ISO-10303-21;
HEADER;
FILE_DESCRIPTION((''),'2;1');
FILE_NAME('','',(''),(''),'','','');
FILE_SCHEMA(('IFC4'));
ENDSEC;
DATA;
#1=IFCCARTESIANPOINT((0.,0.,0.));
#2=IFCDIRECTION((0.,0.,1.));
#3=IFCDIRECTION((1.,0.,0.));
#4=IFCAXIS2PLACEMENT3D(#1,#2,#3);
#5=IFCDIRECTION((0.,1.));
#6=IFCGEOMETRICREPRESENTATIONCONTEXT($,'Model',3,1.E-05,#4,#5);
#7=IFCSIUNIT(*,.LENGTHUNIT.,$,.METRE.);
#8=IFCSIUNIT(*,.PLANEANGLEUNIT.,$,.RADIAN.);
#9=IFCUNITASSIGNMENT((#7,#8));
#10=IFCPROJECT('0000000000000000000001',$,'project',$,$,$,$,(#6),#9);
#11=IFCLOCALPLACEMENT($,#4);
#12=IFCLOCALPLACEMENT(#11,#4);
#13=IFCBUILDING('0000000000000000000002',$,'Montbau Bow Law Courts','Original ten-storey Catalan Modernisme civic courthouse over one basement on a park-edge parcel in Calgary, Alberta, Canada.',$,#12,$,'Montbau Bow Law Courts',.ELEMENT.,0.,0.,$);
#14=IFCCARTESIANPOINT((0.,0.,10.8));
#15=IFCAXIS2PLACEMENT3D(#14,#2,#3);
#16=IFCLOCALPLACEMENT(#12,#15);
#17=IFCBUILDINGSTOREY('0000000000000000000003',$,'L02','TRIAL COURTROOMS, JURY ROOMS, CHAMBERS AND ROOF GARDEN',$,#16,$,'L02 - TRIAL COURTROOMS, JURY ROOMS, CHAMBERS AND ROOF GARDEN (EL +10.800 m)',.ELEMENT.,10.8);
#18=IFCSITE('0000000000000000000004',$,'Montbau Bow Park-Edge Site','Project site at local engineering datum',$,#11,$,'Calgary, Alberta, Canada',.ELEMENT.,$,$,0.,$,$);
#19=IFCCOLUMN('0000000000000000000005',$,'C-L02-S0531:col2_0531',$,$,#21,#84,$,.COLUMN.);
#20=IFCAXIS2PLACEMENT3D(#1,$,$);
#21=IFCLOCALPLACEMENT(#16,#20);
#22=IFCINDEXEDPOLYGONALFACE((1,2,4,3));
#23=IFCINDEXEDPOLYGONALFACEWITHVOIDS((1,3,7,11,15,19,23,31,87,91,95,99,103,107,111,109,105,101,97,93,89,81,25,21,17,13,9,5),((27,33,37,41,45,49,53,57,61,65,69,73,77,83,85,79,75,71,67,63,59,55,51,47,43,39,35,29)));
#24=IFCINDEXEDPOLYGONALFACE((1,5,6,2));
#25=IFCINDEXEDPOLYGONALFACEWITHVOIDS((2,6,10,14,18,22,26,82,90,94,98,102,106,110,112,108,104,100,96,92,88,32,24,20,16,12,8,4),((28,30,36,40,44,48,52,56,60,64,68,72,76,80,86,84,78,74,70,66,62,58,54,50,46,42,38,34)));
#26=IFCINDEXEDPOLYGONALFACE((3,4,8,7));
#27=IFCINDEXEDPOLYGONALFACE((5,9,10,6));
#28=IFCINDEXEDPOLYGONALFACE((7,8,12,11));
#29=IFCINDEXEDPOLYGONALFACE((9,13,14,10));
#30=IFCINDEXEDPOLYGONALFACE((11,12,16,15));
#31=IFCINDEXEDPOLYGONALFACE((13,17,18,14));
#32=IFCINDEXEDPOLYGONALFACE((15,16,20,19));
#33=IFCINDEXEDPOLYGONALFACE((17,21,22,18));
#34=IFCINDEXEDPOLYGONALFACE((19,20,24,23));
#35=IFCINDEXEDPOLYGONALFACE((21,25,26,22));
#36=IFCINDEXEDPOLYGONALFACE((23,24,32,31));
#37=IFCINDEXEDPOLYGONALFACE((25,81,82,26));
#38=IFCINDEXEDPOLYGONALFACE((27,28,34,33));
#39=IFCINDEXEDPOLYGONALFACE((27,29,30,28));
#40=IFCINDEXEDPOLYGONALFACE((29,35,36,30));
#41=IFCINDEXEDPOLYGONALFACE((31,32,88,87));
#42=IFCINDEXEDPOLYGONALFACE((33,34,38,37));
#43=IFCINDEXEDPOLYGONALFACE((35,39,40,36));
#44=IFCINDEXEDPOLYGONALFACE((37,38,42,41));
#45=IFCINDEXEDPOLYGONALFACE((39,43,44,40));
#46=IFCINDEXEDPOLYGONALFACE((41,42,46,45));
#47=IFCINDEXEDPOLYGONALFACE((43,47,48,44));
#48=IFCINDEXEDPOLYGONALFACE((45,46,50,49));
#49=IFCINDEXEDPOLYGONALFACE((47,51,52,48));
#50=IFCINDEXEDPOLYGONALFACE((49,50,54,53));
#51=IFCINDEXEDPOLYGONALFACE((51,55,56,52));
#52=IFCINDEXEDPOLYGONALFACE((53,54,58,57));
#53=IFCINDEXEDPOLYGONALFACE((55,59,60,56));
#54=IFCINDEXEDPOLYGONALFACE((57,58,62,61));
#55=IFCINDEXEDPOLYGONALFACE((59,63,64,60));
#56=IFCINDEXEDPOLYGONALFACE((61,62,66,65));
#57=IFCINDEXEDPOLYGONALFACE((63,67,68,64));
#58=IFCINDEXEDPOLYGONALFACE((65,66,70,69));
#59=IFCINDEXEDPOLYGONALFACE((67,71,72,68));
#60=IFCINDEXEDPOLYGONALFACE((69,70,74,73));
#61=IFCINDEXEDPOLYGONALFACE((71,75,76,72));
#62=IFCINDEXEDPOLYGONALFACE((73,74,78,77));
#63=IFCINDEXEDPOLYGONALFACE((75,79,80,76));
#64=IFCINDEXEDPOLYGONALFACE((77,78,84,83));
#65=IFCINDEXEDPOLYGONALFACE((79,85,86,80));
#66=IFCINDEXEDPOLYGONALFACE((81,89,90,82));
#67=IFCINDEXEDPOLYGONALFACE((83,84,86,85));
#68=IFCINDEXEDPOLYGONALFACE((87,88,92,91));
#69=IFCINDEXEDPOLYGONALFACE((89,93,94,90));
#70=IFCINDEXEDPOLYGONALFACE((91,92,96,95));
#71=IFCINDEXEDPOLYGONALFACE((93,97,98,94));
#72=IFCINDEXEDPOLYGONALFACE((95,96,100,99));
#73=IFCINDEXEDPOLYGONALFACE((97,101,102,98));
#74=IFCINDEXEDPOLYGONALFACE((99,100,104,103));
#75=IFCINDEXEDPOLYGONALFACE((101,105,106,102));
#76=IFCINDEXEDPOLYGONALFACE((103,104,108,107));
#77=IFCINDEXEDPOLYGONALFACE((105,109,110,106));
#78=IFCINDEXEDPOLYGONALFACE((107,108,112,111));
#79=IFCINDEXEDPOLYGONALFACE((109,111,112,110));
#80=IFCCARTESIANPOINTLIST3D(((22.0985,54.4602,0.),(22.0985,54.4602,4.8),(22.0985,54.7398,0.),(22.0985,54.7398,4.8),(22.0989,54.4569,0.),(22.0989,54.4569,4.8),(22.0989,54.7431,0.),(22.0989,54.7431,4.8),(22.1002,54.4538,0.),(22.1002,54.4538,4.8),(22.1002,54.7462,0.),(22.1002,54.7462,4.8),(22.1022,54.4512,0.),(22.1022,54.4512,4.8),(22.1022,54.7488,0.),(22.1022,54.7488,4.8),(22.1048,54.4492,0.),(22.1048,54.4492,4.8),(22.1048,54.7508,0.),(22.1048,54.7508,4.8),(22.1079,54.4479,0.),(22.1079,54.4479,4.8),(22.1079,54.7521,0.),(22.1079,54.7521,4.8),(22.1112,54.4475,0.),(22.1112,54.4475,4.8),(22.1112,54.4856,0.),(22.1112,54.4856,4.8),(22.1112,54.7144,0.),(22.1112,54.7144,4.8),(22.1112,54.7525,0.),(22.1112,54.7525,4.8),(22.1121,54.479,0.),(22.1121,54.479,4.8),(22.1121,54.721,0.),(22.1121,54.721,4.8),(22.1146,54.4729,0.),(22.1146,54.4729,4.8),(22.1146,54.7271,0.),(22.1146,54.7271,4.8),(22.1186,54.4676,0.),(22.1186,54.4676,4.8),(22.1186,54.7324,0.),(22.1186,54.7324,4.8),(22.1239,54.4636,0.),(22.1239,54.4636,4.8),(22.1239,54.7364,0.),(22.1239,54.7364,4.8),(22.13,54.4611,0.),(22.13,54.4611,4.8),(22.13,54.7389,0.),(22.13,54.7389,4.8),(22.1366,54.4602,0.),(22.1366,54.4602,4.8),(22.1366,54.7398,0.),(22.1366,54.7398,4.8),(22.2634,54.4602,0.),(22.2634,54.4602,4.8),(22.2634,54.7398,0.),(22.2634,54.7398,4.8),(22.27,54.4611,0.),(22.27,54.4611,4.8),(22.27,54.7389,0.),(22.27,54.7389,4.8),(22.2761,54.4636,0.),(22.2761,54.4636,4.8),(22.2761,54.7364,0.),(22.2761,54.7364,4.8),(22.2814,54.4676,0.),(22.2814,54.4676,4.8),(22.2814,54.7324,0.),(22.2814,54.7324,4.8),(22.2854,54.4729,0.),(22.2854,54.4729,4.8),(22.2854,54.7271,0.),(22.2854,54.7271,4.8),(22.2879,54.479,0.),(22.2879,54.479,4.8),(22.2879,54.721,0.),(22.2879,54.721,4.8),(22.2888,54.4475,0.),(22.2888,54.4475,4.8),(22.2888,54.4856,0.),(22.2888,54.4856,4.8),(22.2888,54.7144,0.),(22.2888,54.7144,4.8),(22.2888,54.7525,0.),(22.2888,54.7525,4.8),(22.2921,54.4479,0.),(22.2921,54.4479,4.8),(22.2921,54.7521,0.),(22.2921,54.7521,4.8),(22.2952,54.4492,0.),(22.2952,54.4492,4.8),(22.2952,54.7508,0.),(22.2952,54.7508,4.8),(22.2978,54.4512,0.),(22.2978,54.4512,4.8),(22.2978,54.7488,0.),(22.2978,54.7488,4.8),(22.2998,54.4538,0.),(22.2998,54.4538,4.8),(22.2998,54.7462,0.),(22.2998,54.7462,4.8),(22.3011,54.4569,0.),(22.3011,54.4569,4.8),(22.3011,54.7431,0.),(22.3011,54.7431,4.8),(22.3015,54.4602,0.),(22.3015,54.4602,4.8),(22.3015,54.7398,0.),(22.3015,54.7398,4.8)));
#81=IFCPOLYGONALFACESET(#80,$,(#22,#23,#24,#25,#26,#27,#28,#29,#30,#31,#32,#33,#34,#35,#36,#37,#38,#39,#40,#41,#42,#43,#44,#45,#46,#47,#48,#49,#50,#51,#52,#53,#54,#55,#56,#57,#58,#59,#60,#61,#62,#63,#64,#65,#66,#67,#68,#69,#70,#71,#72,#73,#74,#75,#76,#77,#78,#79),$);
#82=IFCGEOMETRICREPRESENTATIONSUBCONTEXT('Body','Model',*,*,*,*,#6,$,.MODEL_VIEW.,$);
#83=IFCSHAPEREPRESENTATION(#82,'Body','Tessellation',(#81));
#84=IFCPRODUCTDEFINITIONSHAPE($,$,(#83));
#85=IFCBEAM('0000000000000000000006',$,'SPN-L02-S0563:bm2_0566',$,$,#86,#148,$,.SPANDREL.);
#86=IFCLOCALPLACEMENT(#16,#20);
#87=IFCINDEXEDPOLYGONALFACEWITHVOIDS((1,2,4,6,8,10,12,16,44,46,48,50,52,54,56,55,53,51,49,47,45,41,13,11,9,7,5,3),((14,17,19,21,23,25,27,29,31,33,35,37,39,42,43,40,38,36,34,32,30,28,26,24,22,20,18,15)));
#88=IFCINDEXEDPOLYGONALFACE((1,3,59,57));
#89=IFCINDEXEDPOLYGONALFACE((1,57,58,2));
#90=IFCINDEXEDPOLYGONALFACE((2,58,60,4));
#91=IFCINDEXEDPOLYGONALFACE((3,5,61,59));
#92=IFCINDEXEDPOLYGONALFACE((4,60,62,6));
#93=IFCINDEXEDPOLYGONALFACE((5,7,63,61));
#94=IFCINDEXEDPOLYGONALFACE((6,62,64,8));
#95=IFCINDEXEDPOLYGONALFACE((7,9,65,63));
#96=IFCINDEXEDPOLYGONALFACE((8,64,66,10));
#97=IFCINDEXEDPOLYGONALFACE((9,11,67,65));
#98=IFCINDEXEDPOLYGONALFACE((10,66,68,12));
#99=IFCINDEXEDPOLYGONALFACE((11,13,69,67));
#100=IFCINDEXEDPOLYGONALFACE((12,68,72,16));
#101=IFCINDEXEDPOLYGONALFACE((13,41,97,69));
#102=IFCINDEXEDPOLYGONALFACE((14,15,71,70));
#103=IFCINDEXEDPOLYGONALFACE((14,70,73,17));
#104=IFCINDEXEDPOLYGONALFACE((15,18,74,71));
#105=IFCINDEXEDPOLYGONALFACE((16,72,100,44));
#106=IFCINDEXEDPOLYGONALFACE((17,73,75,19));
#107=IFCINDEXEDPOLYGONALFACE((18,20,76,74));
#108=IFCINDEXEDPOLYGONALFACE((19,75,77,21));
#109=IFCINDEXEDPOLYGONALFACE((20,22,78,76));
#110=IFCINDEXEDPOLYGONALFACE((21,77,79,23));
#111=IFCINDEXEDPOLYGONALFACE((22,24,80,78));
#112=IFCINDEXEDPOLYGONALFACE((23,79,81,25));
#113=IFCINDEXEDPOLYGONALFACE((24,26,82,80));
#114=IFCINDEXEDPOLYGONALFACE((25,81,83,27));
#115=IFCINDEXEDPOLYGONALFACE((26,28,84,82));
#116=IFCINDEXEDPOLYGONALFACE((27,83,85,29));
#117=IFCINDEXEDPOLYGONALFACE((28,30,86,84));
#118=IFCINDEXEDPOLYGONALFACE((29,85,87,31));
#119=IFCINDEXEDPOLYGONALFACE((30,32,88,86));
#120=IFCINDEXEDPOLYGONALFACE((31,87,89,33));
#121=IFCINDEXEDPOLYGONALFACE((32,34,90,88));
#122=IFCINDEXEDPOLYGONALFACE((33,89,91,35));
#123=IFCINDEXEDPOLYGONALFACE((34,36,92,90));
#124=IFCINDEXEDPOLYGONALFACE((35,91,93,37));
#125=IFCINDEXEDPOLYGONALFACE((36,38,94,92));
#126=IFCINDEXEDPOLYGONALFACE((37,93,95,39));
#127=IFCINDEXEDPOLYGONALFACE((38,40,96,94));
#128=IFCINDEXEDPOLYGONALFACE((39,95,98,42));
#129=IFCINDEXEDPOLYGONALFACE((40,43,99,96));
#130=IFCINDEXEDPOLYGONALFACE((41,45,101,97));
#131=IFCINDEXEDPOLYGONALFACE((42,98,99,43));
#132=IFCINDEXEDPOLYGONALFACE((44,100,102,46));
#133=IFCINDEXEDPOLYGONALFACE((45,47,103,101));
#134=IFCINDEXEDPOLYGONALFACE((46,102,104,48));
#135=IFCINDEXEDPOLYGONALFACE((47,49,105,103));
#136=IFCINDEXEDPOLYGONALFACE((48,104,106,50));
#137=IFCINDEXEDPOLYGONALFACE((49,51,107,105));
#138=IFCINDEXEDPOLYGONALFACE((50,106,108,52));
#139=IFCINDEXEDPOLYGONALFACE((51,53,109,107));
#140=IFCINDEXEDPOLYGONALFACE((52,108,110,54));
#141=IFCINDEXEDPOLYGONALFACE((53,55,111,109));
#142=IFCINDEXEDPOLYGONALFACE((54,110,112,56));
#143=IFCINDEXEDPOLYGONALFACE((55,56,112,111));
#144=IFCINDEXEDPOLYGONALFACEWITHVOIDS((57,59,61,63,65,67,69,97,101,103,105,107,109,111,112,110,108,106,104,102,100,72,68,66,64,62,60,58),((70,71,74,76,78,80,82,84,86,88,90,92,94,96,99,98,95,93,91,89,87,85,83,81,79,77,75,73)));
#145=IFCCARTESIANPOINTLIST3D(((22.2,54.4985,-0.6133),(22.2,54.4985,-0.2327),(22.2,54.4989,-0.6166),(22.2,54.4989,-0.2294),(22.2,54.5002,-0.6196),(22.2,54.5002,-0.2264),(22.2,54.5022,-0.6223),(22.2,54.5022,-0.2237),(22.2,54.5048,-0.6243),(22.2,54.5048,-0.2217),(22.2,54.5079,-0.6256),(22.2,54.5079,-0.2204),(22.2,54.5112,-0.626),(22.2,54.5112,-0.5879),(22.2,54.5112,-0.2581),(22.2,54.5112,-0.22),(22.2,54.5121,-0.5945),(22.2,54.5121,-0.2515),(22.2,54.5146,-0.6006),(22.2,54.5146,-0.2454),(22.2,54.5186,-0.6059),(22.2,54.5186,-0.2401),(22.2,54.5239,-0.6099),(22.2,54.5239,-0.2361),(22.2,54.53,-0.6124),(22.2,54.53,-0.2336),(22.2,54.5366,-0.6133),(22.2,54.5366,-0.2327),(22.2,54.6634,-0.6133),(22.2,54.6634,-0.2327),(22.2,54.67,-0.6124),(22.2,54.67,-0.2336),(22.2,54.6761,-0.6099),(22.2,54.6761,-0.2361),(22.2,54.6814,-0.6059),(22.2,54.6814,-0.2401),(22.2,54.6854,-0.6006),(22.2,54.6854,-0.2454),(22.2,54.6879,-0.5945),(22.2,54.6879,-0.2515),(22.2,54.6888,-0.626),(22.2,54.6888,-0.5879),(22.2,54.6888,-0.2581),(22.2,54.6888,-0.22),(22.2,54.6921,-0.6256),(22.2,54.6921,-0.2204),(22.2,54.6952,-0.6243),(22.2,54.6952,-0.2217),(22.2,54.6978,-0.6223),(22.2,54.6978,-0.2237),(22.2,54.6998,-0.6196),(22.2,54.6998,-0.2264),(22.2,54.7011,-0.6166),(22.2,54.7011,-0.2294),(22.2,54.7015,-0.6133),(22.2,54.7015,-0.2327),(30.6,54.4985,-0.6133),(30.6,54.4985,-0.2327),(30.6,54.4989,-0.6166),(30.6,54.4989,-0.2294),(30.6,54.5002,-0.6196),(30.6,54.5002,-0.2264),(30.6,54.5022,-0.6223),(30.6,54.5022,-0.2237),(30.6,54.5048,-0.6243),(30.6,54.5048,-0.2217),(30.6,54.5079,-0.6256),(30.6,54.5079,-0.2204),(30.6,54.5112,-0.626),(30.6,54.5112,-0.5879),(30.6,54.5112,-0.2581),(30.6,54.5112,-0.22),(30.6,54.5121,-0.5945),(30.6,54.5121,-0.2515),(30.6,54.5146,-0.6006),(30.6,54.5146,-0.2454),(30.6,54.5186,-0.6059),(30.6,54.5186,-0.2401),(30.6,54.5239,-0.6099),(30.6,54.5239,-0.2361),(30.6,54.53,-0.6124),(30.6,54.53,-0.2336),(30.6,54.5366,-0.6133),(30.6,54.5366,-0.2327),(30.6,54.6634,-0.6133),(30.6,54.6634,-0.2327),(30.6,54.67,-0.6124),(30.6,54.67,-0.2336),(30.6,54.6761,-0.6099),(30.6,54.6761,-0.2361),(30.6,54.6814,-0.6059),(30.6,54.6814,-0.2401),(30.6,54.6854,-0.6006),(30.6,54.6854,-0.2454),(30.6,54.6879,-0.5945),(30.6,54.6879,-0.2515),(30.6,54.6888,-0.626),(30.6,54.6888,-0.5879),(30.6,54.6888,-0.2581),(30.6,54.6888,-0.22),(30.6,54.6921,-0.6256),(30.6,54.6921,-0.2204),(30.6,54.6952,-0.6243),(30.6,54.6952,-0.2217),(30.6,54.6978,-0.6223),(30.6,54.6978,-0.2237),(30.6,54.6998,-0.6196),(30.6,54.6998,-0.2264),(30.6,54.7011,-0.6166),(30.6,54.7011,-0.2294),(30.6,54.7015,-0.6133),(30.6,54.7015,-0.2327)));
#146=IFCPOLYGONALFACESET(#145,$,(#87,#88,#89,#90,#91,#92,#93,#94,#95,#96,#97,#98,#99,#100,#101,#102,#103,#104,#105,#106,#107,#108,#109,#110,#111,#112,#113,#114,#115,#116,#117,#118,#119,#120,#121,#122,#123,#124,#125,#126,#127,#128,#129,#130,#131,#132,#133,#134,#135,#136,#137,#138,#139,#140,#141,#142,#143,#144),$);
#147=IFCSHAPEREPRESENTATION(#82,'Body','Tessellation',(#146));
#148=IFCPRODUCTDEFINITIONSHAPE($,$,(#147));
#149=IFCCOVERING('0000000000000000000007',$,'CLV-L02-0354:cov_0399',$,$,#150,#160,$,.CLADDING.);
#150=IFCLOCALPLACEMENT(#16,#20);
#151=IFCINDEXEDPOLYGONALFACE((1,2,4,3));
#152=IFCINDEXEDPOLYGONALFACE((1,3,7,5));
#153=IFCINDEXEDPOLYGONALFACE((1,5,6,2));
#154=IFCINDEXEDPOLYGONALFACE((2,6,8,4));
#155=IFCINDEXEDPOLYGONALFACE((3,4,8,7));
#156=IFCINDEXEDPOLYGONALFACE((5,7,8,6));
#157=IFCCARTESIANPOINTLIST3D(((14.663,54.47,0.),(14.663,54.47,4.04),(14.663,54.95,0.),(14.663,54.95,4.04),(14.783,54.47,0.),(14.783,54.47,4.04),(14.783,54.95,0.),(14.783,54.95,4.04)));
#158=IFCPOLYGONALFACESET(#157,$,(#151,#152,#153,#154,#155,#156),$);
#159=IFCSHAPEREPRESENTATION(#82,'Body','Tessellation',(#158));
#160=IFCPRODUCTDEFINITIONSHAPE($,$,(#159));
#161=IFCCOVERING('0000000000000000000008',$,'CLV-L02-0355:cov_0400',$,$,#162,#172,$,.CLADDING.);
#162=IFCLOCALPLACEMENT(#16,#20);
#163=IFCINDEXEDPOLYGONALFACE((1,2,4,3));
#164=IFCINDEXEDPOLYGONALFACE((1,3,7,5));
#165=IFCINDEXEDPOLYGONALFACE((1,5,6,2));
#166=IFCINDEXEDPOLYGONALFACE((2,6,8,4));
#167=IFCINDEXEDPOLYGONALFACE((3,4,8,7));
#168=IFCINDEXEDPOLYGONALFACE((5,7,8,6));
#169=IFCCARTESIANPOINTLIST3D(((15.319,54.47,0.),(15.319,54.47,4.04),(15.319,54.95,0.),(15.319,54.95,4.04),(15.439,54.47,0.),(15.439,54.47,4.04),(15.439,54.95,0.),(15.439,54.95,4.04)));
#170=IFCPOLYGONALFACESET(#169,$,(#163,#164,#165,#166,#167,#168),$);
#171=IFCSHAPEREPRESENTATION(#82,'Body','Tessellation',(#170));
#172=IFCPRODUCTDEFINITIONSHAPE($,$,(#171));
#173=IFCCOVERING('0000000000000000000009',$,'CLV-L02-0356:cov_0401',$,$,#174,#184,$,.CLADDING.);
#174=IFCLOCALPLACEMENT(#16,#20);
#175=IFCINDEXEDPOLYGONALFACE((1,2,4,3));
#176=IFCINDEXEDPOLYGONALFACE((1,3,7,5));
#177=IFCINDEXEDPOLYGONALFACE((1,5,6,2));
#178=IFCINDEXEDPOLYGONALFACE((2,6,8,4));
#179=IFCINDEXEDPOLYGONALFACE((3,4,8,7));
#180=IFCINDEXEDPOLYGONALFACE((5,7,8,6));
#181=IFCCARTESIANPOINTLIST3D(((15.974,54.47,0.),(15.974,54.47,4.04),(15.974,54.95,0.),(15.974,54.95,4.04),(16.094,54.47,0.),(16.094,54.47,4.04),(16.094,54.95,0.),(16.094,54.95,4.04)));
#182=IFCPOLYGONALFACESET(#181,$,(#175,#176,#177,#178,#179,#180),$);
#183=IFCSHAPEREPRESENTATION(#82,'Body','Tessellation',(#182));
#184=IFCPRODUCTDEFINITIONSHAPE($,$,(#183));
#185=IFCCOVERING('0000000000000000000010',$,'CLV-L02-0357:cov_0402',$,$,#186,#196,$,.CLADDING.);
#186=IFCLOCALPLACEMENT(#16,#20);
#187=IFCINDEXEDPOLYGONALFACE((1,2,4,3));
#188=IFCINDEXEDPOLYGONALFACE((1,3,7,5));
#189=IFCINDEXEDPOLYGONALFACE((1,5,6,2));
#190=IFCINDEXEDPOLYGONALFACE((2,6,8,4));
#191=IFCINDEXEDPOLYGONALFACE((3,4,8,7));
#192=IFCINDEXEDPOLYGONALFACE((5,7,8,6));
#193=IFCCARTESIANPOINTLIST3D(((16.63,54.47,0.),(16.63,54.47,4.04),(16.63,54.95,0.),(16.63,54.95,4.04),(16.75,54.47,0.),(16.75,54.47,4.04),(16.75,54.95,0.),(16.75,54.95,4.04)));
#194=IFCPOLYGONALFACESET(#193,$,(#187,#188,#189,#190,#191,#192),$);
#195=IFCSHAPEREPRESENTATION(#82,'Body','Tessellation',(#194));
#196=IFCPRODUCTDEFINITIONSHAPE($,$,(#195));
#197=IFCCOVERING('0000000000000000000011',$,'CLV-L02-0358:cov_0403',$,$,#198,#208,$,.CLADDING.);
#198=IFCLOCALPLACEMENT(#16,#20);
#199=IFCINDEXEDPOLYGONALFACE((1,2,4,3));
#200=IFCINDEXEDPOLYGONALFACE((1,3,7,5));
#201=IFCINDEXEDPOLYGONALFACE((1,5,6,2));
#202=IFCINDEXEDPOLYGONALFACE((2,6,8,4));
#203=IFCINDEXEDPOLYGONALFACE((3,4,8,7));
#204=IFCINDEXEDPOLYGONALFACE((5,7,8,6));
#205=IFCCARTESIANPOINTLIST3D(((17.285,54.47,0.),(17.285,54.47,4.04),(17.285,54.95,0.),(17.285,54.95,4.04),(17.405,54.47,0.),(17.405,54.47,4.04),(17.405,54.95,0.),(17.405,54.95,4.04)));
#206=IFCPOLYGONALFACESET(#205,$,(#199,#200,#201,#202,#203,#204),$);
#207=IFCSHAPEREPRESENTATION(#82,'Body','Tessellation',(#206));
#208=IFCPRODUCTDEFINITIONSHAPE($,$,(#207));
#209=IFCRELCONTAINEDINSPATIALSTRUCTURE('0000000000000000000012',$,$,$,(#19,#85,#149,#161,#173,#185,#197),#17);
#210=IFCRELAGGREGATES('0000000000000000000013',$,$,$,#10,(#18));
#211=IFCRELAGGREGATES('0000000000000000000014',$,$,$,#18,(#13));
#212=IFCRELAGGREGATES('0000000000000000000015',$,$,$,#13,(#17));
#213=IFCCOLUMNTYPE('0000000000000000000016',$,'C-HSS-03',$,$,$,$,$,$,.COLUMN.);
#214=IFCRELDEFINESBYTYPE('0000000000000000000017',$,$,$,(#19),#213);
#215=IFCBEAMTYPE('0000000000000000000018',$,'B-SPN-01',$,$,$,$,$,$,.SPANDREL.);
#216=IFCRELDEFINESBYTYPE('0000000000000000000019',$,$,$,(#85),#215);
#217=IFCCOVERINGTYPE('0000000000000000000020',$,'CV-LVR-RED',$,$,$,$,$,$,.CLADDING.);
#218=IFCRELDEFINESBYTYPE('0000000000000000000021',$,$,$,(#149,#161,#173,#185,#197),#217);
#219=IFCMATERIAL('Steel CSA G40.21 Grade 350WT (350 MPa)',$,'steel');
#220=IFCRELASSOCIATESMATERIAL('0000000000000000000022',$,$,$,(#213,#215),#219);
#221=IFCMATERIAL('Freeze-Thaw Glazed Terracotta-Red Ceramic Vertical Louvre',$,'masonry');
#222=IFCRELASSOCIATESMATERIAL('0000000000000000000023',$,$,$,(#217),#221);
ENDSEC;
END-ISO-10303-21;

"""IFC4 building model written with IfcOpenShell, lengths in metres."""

from ifc_helpers import new_model, si_unit, direction, frame, frame_2d, origin_with_axes, origin_2d_with_axis, place, context, subcontext, project, spatial, rectangle, hollow_rectangle, extrude, material, material_profile, profile_set, type_object, element, save


model = new_model("IFC4")

# Units and contexts
model_context = context("Model", 3, precision=1e-05, world=origin_with_axes(), true_north=direction((0.0, 1.0)))
body_context = subcontext(model_context, "Body", "Model", "MODEL_VIEW")
ifc_project = project(units=[si_unit("LENGTHUNIT", "METRE"), si_unit("PLANEANGLEUNIT", "RADIAN")], contexts=[model_context])

# Site, building, storey
site_placement = place(None, origin_with_axes())
site = spatial("IfcSite", under=ifc_project, at=site_placement, Name="Montbau Bow Park-Edge Site", Description="Project site at local engineering datum", LongName="Calgary, Alberta, Canada", CompositionType="ELEMENT", RefElevation=0.0)
building_placement = place(site_placement, origin_with_axes())
building = spatial("IfcBuilding", under=site, at=building_placement, Name="Montbau Bow Law Courts", Description="Original ten-storey Catalan Modernisme civic courthouse over one basement on a park-edge parcel in Calgary, Alberta, Canada.", LongName="Montbau Bow Law Courts", CompositionType="ELEMENT", ElevationOfRefHeight=0.0, ElevationOfTerrain=0.0)
storey_placement = place(building_placement, frame((0.0, 0.0, 10.8), z_axis=(0.0, 0.0, 1.0), x_axis=(1.0, 0.0, 0.0)))
storey = spatial("IfcBuildingStorey", under=building, at=storey_placement, Name="L02", Description="TRIAL COURTROOMS, JURY ROOMS, CHAMBERS AND ROOF GARDEN", LongName="L02 - TRIAL COURTROOMS, JURY ROOMS, CHAMBERS AND ROOF GARDEN (EL +10.800 m)", CompositionType="ELEMENT", Elevation=10.8)

# Column
ifc_material_1 = material(Name="Steel CSA G40.21 Grade 350WT (350 MPa)", Category="steel")
ifc_material_profile_1 = material_profile(ifc_material_1, hollow_rectangle(XDim=0.203, YDim=0.305, WallThickness=0.0127, InnerFilletRadius=0.0254, OuterFilletRadius=0.0127, at=origin_2d_with_axis()), Name="HSS305X203X13", Category="Main", Priority=0)
ifc_profile_set_1 = profile_set([ifc_material_profile_1], Name="Steel CSA G40.21 Grade 350WT (350 MPa)")
column_type = type_object("IfcColumnType", Name="C-HSS-03", PredefinedType="COLUMN", material=ifc_profile_set_1)
column_placement = place(None, frame((22.2, 54.6, 10.8), z_axis=(0.0, 0.0, 1.0), x_axis=(1.0, 0.0, 0.0)))
element("IfcColumn", 1, at=column_placement, inside=storey, type_object=column_type, Name="C-L02-S0531:col2_0531", PredefinedType="COLUMN", context=body_context, shape_type="SweptSolid", body=[
    extrude(hollow_rectangle(XDim=0.203, YDim=0.305, WallThickness=0.0127, InnerFilletRadius=0.0254, OuterFilletRadius=0.0127, at=origin_2d_with_axis()), origin_with_axes(), (0.0, 0.0, 1.0), 4.8),
])

# Beam
ifc_material_profile_2 = material_profile(ifc_material_1, hollow_rectangle(XDim=0.203, YDim=0.406, WallThickness=0.0127, InnerFilletRadius=0.0254, OuterFilletRadius=0.0127, at=origin_2d_with_axis()), Name="HSS406X203X13", Category="Main", Priority=0)
ifc_profile_set_2 = profile_set([ifc_material_profile_2], Name="Steel CSA G40.21 Grade 350WT (350 MPa)")
beam_type = type_object("IfcBeamType", Name="B-SPN-01", PredefinedType="SPANDREL", material=ifc_profile_set_2)
beam_placement = place(None, frame((22.2, 54.6, 10.377), z_axis=(1.0, 0.0, 0.0), x_axis=(0.0, 1.0, 0.0)))
element("IfcBeam", 2, at=beam_placement, inside=storey, type_object=beam_type, Name="SPN-L02-S0563:bm2_0566", PredefinedType="SPANDREL", context=body_context, shape_type="SweptSolid", body=[
    extrude(hollow_rectangle(XDim=0.203, YDim=0.406, WallThickness=0.0127, InnerFilletRadius=0.0254, OuterFilletRadius=0.0127, at=origin_2d_with_axis()), origin_with_axes(), (0.0, 0.0, 1.0), 8.4),
])

# Coverings
ifc_material_2 = material(Name="Freeze-Thaw Glazed Terracotta-Red Ceramic Vertical Louvre", Category="masonry")
covering_type = type_object("IfcCoveringType", Name="CV-LVR-RED", PredefinedType="CLADDING", material=ifc_material_2)
for number, where, z_axis, x_axis, name in (
    (3, (14.723, 54.47, 10.8), (1.0, 0.0, 0.0), (0.0, 1.0, 0.0), "CLV-L02-0354:cov_0399"),
    (4, (15.379, 54.47, 10.8), (1.0, 0.0, 0.0), (0.0, 1.0, 0.0), "CLV-L02-0355:cov_0400"),
    (5, (16.034, 54.47, 10.8), (1.0, 0.0, 0.0), (0.0, 1.0, 0.0), "CLV-L02-0356:cov_0401"),
    (6, (16.69, 54.47, 10.8), (1.0, 0.0, 0.0), (0.0, 1.0, 0.0), "CLV-L02-0357:cov_0402"),
    (7, (17.345, 54.47, 10.8), (1.0, 0.0, 0.0), (0.0, 1.0, 0.0), "CLV-L02-0358:cov_0403"),
):
    element("IfcCovering", number, at=place(None, frame(where, z_axis=z_axis, x_axis=x_axis)), inside=storey, type_object=covering_type, Name=name, PredefinedType="CLADDING", context=body_context, shape_type="SweptSolid", body=[
        extrude(rectangle(XDim=0.48, YDim=4.04, at=frame_2d((0.24, 2.02), x_axis=(1.0, 0.0))), frame((0.0, 0.0, -0.06), z_axis=(0.0, 0.0, 1.0), x_axis=(1.0, 0.0, 0.0)), (0.0, 0.0, 1.0), 0.12),
    ])

save(model, "model.ifc")
